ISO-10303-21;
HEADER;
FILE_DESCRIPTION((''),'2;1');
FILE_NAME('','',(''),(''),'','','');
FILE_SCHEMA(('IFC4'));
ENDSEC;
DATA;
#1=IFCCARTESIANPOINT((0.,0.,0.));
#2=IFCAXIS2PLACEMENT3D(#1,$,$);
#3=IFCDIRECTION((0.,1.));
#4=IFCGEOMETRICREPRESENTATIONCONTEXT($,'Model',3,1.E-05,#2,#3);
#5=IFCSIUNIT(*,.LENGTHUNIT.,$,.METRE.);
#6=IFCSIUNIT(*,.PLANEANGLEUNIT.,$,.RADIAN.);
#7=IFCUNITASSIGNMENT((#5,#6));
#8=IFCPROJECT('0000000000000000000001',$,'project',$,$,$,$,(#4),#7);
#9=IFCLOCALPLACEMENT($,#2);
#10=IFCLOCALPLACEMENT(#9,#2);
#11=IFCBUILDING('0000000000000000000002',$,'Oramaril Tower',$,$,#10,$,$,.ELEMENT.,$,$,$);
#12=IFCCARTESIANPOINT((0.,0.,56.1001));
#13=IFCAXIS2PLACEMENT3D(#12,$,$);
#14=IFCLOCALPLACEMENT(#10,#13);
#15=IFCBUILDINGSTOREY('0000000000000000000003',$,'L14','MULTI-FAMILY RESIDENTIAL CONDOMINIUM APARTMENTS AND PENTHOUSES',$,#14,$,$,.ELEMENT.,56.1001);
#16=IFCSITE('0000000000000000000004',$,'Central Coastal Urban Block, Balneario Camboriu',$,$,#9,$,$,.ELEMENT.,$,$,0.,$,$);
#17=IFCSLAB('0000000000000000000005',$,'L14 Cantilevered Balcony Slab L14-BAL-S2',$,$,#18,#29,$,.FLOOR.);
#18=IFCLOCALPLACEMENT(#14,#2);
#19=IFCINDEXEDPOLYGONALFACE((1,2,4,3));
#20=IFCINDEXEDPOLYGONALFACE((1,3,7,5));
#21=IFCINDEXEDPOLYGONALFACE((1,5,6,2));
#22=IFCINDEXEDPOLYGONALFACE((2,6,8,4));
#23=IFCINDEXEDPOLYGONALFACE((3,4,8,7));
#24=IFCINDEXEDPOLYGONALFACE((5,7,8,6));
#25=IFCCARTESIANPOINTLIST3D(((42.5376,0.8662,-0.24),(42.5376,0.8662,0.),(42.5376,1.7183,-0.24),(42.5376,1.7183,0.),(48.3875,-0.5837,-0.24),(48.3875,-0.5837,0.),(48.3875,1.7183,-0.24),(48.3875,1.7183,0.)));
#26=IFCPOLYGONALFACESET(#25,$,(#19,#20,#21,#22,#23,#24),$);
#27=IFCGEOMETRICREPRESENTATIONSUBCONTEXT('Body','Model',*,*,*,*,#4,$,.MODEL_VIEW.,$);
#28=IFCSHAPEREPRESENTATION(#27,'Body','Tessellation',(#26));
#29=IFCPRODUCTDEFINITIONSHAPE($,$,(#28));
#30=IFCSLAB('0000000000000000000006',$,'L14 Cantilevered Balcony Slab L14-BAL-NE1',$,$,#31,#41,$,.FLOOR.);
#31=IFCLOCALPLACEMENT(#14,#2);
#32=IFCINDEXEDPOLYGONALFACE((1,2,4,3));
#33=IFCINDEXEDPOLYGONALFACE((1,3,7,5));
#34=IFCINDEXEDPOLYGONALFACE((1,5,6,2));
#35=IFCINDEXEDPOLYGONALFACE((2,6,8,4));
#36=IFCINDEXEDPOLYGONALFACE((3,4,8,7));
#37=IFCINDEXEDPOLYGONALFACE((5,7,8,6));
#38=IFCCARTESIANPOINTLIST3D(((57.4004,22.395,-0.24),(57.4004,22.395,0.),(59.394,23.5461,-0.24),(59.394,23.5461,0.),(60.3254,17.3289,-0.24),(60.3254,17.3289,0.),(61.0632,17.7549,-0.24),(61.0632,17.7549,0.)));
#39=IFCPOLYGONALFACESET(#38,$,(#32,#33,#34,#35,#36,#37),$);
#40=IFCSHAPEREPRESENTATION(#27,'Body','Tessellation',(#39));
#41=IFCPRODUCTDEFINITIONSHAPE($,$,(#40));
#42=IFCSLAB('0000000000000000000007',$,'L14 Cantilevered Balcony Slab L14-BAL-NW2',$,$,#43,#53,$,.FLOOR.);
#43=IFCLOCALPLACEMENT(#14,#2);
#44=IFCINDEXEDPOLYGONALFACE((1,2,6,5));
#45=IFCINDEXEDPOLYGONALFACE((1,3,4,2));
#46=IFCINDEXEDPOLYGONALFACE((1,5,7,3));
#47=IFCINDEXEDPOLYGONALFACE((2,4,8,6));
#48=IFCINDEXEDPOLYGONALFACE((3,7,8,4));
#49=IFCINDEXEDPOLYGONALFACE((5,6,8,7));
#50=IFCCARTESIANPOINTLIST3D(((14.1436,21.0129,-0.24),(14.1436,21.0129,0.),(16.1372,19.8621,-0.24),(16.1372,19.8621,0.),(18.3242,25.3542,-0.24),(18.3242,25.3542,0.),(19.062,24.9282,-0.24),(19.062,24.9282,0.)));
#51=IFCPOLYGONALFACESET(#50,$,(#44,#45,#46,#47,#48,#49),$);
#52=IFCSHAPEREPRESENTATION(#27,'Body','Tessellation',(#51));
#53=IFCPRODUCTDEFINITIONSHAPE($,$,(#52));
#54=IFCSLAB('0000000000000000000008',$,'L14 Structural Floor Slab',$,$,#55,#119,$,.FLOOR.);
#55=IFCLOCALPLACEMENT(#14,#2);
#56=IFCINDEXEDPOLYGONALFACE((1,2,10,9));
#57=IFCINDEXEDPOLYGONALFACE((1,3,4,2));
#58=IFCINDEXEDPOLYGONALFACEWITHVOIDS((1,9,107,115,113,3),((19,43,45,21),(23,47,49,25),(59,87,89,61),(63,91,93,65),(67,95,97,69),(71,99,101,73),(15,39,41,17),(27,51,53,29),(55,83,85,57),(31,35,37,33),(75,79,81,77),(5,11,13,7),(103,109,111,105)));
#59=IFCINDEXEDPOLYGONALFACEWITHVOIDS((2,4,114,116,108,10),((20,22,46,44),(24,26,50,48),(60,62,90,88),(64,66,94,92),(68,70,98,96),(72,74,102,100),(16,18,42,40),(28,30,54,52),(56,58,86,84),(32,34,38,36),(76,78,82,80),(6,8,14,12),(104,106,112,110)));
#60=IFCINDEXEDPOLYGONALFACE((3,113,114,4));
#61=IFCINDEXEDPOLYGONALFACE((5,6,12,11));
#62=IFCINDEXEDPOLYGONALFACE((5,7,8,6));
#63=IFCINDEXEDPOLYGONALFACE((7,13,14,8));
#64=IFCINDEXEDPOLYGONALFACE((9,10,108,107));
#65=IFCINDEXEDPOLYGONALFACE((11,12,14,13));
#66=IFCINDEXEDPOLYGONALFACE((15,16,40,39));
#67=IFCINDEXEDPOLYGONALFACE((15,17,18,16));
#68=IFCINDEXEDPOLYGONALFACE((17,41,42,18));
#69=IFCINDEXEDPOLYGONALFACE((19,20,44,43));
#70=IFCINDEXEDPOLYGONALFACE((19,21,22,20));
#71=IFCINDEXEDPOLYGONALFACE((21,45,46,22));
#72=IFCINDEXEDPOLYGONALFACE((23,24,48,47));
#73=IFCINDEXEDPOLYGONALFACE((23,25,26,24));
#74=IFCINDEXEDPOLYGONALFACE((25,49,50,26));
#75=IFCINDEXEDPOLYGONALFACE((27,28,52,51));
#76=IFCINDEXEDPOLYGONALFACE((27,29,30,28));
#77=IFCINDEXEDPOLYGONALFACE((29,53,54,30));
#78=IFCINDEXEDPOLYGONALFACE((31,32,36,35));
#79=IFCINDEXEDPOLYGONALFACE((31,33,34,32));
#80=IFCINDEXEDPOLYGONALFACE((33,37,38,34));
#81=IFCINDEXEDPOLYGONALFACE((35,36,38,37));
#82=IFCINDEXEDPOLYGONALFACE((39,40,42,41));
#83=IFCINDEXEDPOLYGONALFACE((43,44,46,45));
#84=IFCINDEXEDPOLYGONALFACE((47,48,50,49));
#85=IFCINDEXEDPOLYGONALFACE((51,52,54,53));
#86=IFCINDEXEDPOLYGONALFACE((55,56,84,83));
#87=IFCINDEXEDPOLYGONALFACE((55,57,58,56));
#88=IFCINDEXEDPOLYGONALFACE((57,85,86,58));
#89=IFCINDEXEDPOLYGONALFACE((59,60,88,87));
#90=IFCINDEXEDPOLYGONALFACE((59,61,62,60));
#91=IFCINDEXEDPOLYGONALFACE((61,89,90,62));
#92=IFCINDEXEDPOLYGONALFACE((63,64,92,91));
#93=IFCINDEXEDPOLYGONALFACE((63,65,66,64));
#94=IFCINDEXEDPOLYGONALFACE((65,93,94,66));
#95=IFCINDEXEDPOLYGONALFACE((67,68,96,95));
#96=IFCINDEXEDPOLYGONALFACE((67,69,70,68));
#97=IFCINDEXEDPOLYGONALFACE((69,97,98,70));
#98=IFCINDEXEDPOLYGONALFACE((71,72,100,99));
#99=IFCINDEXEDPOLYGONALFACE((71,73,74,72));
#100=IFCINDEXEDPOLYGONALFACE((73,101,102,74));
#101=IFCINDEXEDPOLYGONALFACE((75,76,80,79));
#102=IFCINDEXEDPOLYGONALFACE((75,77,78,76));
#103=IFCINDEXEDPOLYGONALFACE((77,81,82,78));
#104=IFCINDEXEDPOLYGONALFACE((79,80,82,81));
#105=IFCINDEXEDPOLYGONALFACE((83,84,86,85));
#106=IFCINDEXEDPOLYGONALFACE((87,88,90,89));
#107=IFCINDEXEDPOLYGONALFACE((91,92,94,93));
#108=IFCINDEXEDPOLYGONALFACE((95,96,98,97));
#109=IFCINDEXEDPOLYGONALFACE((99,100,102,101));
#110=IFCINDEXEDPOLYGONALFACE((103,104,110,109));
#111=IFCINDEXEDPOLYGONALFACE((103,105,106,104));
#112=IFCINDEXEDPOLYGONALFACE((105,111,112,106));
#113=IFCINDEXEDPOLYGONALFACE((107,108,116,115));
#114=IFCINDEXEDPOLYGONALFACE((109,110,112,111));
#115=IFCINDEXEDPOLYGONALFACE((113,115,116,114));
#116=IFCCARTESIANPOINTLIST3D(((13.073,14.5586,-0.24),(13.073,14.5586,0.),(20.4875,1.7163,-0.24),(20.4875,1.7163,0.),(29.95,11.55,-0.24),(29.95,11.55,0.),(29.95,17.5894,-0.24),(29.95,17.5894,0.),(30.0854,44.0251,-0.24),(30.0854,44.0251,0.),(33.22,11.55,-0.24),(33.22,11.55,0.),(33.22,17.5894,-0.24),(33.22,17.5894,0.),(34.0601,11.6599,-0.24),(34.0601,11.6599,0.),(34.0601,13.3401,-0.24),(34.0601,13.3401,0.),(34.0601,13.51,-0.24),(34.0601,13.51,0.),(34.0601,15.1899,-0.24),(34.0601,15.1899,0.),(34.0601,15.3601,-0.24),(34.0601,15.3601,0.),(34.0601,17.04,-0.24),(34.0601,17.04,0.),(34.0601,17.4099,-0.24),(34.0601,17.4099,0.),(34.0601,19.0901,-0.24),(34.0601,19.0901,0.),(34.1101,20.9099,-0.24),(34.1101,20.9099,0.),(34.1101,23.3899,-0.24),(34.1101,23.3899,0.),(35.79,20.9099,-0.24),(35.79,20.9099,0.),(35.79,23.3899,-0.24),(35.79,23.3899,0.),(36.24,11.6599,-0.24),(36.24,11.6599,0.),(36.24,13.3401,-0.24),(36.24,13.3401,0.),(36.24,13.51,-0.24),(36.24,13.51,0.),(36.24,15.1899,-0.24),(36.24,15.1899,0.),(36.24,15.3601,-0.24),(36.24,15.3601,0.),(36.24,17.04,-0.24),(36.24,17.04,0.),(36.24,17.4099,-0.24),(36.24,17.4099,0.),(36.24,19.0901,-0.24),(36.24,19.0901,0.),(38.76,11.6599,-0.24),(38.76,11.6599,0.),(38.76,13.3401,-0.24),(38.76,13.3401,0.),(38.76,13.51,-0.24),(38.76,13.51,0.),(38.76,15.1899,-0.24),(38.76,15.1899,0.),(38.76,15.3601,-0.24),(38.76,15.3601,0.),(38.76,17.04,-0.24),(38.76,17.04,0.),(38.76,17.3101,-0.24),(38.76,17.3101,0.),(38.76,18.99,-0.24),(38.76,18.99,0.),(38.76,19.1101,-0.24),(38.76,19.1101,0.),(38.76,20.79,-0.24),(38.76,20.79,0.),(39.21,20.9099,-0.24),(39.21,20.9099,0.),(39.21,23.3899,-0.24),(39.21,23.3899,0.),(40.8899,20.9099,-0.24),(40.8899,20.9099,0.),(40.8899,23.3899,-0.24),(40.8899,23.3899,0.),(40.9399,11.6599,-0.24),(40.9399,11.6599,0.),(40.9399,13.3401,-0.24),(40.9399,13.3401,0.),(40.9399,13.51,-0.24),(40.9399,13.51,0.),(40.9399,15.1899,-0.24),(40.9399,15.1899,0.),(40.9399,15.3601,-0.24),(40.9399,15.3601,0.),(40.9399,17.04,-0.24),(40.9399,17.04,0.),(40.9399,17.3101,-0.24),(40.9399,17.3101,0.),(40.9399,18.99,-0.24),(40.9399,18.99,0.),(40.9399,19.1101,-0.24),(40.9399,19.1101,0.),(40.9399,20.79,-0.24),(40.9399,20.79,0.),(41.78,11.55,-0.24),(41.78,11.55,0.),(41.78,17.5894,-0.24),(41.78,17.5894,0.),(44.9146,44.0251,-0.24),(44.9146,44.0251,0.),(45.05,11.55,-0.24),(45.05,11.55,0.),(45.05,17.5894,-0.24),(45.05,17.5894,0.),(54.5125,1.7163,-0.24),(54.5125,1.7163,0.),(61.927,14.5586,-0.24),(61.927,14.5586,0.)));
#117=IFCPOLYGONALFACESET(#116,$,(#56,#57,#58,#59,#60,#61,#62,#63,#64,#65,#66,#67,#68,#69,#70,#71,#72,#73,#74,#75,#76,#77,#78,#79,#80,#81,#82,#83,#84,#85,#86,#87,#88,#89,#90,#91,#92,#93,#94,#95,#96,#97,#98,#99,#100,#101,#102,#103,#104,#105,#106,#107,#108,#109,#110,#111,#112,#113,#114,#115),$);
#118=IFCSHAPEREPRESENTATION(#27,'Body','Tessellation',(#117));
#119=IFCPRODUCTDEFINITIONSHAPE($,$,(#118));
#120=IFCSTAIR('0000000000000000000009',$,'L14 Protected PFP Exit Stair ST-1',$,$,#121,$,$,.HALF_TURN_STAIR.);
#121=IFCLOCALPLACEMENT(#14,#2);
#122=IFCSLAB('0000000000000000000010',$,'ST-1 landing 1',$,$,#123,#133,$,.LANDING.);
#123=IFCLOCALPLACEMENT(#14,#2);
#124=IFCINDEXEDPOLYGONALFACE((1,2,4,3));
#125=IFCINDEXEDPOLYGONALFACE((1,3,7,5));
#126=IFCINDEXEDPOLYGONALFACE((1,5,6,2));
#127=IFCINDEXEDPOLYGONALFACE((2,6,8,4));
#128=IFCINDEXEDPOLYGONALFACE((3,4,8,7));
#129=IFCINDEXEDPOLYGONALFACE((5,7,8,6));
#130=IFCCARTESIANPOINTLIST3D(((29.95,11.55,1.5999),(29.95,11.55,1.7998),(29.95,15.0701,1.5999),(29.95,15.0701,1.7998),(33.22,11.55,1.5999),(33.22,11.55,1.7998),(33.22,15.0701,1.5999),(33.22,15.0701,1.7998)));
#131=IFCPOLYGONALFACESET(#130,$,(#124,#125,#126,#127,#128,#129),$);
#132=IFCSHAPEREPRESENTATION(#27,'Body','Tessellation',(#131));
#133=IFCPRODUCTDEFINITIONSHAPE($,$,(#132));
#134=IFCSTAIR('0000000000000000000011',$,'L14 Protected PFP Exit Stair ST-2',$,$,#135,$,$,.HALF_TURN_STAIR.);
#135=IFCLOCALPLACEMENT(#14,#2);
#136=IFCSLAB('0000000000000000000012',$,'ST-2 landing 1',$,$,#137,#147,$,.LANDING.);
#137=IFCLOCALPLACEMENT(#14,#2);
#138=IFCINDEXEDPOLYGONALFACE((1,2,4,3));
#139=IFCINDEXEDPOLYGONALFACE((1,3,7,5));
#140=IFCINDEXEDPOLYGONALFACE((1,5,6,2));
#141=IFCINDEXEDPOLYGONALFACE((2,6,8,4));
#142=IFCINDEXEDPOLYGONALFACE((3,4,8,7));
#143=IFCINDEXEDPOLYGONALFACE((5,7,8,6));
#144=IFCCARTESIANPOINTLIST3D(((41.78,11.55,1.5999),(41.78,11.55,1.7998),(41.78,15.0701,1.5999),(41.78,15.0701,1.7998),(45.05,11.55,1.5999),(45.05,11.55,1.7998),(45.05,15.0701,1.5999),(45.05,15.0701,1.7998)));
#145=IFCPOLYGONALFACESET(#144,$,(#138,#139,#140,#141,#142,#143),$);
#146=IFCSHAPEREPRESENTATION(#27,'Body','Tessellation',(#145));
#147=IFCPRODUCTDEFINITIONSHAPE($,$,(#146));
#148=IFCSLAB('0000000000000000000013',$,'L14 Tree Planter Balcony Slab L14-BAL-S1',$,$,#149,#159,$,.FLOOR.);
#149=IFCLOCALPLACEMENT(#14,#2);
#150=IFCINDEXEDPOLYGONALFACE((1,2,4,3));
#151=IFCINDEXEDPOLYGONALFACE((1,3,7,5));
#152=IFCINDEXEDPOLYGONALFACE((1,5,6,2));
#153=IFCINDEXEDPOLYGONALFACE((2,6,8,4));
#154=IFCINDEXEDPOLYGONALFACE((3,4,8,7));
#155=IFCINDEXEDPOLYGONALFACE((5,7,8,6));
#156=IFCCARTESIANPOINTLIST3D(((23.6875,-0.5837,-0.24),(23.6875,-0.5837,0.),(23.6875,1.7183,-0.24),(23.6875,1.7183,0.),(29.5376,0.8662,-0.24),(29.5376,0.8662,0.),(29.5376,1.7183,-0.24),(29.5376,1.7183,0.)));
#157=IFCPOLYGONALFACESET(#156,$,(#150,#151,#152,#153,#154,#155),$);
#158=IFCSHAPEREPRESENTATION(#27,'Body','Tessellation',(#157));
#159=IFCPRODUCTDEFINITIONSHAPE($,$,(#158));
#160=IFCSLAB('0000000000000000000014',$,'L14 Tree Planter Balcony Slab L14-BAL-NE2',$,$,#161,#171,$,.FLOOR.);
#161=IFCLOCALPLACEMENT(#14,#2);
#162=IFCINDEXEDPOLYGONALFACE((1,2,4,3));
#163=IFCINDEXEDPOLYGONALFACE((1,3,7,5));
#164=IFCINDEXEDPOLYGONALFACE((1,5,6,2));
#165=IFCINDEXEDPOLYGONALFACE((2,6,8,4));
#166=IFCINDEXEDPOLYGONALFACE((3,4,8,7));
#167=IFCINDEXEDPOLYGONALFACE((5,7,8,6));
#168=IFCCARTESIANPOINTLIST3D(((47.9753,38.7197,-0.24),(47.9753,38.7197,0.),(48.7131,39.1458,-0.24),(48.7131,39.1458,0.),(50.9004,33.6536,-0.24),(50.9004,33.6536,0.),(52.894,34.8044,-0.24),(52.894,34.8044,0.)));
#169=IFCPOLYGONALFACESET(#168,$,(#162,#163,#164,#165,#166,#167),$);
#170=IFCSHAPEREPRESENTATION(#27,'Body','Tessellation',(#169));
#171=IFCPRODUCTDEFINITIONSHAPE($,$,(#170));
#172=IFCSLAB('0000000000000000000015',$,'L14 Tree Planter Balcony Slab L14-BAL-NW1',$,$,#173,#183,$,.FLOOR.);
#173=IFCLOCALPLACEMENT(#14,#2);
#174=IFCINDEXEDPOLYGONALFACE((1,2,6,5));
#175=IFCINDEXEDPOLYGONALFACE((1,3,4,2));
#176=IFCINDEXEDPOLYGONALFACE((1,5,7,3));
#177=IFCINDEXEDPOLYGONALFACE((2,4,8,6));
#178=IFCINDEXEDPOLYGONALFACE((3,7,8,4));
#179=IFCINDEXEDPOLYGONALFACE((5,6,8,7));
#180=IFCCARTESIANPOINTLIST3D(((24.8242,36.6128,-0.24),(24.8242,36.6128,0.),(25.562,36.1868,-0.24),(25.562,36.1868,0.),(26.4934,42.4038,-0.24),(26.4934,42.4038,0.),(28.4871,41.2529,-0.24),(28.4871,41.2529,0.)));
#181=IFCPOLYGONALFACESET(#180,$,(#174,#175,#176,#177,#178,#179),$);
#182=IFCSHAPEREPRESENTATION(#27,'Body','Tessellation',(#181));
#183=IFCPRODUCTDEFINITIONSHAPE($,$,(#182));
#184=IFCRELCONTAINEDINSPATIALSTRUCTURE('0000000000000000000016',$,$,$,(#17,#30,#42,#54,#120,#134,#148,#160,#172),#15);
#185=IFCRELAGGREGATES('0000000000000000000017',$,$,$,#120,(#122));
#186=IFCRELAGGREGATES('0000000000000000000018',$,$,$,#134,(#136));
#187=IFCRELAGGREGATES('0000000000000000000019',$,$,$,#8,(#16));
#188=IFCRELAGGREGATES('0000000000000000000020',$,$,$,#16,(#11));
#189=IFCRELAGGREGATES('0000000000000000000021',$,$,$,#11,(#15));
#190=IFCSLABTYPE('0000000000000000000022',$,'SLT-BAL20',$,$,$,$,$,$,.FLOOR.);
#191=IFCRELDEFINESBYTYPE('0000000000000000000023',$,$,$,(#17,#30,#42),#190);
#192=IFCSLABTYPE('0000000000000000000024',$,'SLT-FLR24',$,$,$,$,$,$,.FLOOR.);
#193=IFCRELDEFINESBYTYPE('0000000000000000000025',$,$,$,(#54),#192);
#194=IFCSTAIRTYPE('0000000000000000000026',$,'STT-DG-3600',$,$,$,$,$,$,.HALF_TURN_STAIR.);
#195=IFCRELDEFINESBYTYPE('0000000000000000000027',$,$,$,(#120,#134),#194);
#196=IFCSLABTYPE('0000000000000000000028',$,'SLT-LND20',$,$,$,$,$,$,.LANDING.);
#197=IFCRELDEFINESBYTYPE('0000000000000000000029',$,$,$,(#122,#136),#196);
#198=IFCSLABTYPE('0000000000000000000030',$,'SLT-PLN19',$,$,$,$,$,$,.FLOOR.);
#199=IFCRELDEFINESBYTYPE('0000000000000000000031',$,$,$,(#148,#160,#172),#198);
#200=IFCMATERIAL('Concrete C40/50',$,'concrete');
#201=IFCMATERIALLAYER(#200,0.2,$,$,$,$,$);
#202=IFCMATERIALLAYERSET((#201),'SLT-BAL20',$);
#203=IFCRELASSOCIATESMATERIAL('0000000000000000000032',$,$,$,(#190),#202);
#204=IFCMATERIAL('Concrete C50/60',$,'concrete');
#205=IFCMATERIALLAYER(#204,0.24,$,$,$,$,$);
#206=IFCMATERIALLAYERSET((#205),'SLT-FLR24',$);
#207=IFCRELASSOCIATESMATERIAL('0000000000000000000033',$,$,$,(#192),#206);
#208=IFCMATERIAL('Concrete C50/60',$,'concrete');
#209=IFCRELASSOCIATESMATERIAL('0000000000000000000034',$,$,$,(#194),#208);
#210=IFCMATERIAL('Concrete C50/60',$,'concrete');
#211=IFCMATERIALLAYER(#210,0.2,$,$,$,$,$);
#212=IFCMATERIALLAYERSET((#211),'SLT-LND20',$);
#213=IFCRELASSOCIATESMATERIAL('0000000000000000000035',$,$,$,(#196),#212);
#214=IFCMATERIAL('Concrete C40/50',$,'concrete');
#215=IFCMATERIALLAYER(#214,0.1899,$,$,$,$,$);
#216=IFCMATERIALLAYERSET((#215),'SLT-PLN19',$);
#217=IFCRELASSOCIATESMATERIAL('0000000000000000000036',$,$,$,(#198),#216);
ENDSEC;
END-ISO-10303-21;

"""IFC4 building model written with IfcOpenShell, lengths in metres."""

from ifc_helpers import new_model, si_unit, direction, frame, origin, place, context, subcontext, project, spatial, polyline, outline, extrude, material, layer, layer_set, type_object, element, aggregate, save


model = new_model("IFC4")

# Units and contexts
model_context = context("Model", 3, precision=1e-05, world=origin(), true_north=direction((0.0, 1.0)))
body_context = subcontext(model_context, "Body", "Model", "MODEL_VIEW")
ifc_project = project(units=[si_unit("LENGTHUNIT", "METRE"), si_unit("PLANEANGLEUNIT", "RADIAN")], contexts=[model_context])

# Site, building, storey
site_placement = place(None, origin())
site = spatial("IfcSite", under=ifc_project, at=site_placement, Name="Central Coastal Urban Block, Balneario Camboriu", CompositionType="ELEMENT", RefElevation=0.0)
building_placement = place(site_placement, origin())
building = spatial("IfcBuilding", under=site, at=building_placement, Name="Oramaril Tower", CompositionType="ELEMENT")
storey_placement = place(building_placement, frame((0.0, 0.0, 56.1001)))
storey = spatial("IfcBuildingStorey", under=building, at=storey_placement, Name="L14", Description="MULTI-FAMILY RESIDENTIAL CONDOMINIUM APARTMENTS AND PENTHOUSES", CompositionType="ELEMENT", Elevation=56.1001)

# Slabs
ifc_material_1 = material(Name="Concrete C40/50", Category="concrete")
ifc_layer_1 = layer(ifc_material_1, 0.2)
ifc_layer_set_1 = layer_set([ifc_layer_1], Name="SLT-BAL20")
slab_type_1 = type_object("IfcSlabType", Name="SLT-BAL20", PredefinedType="FLOOR", material=ifc_layer_set_1)
slab_1_placement = place(storey_placement, frame((0.0, 0.0, -0.24)))
element("IfcSlab", 1, at=slab_1_placement, inside=storey, type_object=slab_type_1, Name="L14 Cantilevered Balcony Slab L14-BAL-S2", PredefinedType="FLOOR", context=body_context, shape_type="SweptSolid", body=[
    extrude(outline(polyline([(42.5376, 1.7183), (48.3875, 1.7183), (48.3875, -0.5837), (42.5376, 0.8662), (42.5376, 1.7183)])), origin(), (0.0, 0.0, 1.0), 0.24),
])
slab_2_placement = place(storey_placement, frame((0.0, 0.0, -0.24)))
element("IfcSlab", 2, at=slab_2_placement, inside=storey, type_object=slab_type_1, Name="L14 Cantilevered Balcony Slab L14-BAL-NE1", PredefinedType="FLOOR", context=body_context, shape_type="SweptSolid", body=[
    extrude(outline(polyline([(60.3254, 17.3289), (57.4004, 22.395), (59.394, 23.5461), (61.0632, 17.7549), (60.3254, 17.3289)])), origin(), (0.0, 0.0, 1.0), 0.24),
])
slab_3_placement = place(storey_placement, frame((0.0, 0.0, -0.24)))
element("IfcSlab", 3, at=slab_3_placement, inside=storey, type_object=slab_type_1, Name="L14 Cantilevered Balcony Slab L14-BAL-NW2", PredefinedType="FLOOR", context=body_context, shape_type="SweptSolid", body=[
    extrude(outline(polyline([(19.062, 24.9282), (16.1372, 19.8621), (14.1436, 21.0129), (18.3242, 25.3542), (19.062, 24.9282)])), origin(), (0.0, 0.0, 1.0), 0.24),
])
ifc_material_2 = material(Name="Concrete C50/60", Category="concrete")
ifc_layer_2 = layer(ifc_material_2, 0.24)
ifc_layer_set_2 = layer_set([ifc_layer_2], Name="SLT-FLR24")
slab_type_2 = type_object("IfcSlabType", Name="SLT-FLR24", PredefinedType="FLOOR", material=ifc_layer_set_2)
slab_4_placement = place(storey_placement, frame((0.0, 0.0, -0.24)))
element("IfcSlab", 4, at=slab_4_placement, inside=storey, type_object=slab_type_2, Name="L14 Structural Floor Slab", PredefinedType="FLOOR", context=body_context, shape_type="SweptSolid", body=[
    extrude(outline(polyline([(13.073, 14.5586), (20.4875, 1.7163), (54.5125, 1.7163), (61.927, 14.5586), (44.9146, 44.0251), (30.0854, 44.0251), (13.073, 14.5586)]), holes=[polyline([(29.95, 17.5894), (29.95, 11.55), (33.22, 11.55), (33.22, 17.5894), (29.95, 17.5894)]), polyline([(41.78, 17.5894), (41.78, 11.55), (45.05, 11.55), (45.05, 17.5894), (41.78, 17.5894)]), polyline([(34.1101, 20.9099), (35.79, 20.9099), (35.79, 23.3899), (34.1101, 23.3899), (34.1101, 20.9099)]), polyline([(39.21, 20.9099), (40.8899, 20.9099), (40.8899, 23.3899), (39.21, 23.3899), (39.21, 20.9099)]), polyline([(34.0601, 11.6599), (36.24, 11.6599), (36.24, 13.3401), (34.0601, 13.3401), (34.0601, 11.6599)]), polyline([(34.0601, 13.51), (36.24, 13.51), (36.24, 15.1899), (34.0601, 15.1899), (34.0601, 13.51)]), polyline([(34.0601, 15.3601), (36.24, 15.3601), (36.24, 17.04), (34.0601, 17.04), (34.0601, 15.3601)]), polyline([(38.76, 11.6599), (40.9399, 11.6599), (40.9399, 13.3401), (38.76, 13.3401), (38.76, 11.6599)]), polyline([(38.76, 13.51), (40.9399, 13.51), (40.9399, 15.1899), (38.76, 15.1899), (38.76, 13.51)]), polyline([(38.76, 15.3601), (40.9399, 15.3601), (40.9399, 17.04), (38.76, 17.04), (38.76, 15.3601)]), polyline([(34.0601, 17.4099), (36.24, 17.4099), (36.24, 19.0901), (34.0601, 19.0901), (34.0601, 17.4099)]), polyline([(38.76, 17.3101), (40.9399, 17.3101), (40.9399, 18.99), (38.76, 18.99), (38.76, 17.3101)]), polyline([(38.76, 19.1101), (40.9399, 19.1101), (40.9399, 20.79), (38.76, 20.79), (38.76, 19.1101)])]), origin(), (0.0, 0.0, 1.0), 0.24),
])

# Stairs, slabs
ifc_material_3 = material(Name="Concrete C50/60", Category="concrete")
stair_type = type_object("IfcStairType", Name="STT-DG-3600", PredefinedType="HALF_TURN_STAIR", material=ifc_material_3)
stair_1_placement = place(storey_placement, origin())
stair_1 = element("IfcStair", 5, at=stair_1_placement, inside=storey, type_object=stair_type, Name="L14 Protected PFP Exit Stair ST-1", PredefinedType="HALF_TURN_STAIR")
ifc_material_4 = material(Name="Concrete C50/60", Category="concrete")
ifc_layer_3 = layer(ifc_material_4, 0.2)
ifc_layer_set_3 = layer_set([ifc_layer_3], Name="SLT-LND20")
slab_type_3 = type_object("IfcSlabType", Name="SLT-LND20", PredefinedType="LANDING", material=ifc_layer_set_3)
slab_5_placement = place(storey_placement, frame((0.0, 0.0, 1.5999)))
slab_5 = element("IfcSlab", 6, at=slab_5_placement, type_object=slab_type_3, Name="ST-1 landing 1", PredefinedType="LANDING", context=body_context, shape_type="SweptSolid", body=[
    extrude(outline(polyline([(29.95, 15.0701), (29.95, 11.55), (33.22, 11.55), (33.22, 15.0701), (29.95, 15.0701)])), origin(), (0.0, 0.0, 1.0), 0.2),
])
aggregate(stair_1, [slab_5])
stair_2_placement = place(storey_placement, origin())
stair_2 = element("IfcStair", 7, at=stair_2_placement, inside=storey, type_object=stair_type, Name="L14 Protected PFP Exit Stair ST-2", PredefinedType="HALF_TURN_STAIR")
slab_6_placement = place(storey_placement, frame((0.0, 0.0, 1.5999)))
slab_6 = element("IfcSlab", 8, at=slab_6_placement, type_object=slab_type_3, Name="ST-2 landing 1", PredefinedType="LANDING", context=body_context, shape_type="SweptSolid", body=[
    extrude(outline(polyline([(41.78, 15.0701), (41.78, 11.55), (45.05, 11.55), (45.05, 15.0701), (41.78, 15.0701)])), origin(), (0.0, 0.0, 1.0), 0.2),
])
aggregate(stair_2, [slab_6])

# Slabs
ifc_material_5 = material(Name="Concrete C40/50", Category="concrete")
ifc_layer_4 = layer(ifc_material_5, 0.1899)
ifc_layer_set_4 = layer_set([ifc_layer_4], Name="SLT-PLN19")
slab_type_4 = type_object("IfcSlabType", Name="SLT-PLN19", PredefinedType="FLOOR", material=ifc_layer_set_4)
slab_7_placement = place(storey_placement, frame((0.0, 0.0, -0.24)))
element("IfcSlab", 9, at=slab_7_placement, inside=storey, type_object=slab_type_4, Name="L14 Tree Planter Balcony Slab L14-BAL-S1", PredefinedType="FLOOR", context=body_context, shape_type="SweptSolid", body=[
    extrude(outline(polyline([(23.6875, 1.7183), (29.5376, 1.7183), (29.5376, 0.8662), (23.6875, -0.5837), (23.6875, 1.7183)])), origin(), (0.0, 0.0, 1.0), 0.24),
])
slab_8_placement = place(storey_placement, frame((0.0, 0.0, -0.24)))
element("IfcSlab", 10, at=slab_8_placement, inside=storey, type_object=slab_type_4, Name="L14 Tree Planter Balcony Slab L14-BAL-NE2", PredefinedType="FLOOR", context=body_context, shape_type="SweptSolid", body=[
    extrude(outline(polyline([(50.9004, 33.6536), (47.9753, 38.7197), (48.7131, 39.1458), (52.894, 34.8044), (50.9004, 33.6536)])), origin(), (0.0, 0.0, 1.0), 0.24),
])
slab_9_placement = place(storey_placement, frame((0.0, 0.0, -0.24)))
element("IfcSlab", 11, at=slab_9_placement, inside=storey, type_object=slab_type_4, Name="L14 Tree Planter Balcony Slab L14-BAL-NW1", PredefinedType="FLOOR", context=body_context, shape_type="SweptSolid", body=[
    extrude(outline(polyline([(28.4871, 41.2529), (25.562, 36.1868), (24.8242, 36.6128), (26.4934, 42.4038), (28.4871, 41.2529)])), origin(), (0.0, 0.0, 1.0), 0.24),
])

save(model, "model.ifc")
